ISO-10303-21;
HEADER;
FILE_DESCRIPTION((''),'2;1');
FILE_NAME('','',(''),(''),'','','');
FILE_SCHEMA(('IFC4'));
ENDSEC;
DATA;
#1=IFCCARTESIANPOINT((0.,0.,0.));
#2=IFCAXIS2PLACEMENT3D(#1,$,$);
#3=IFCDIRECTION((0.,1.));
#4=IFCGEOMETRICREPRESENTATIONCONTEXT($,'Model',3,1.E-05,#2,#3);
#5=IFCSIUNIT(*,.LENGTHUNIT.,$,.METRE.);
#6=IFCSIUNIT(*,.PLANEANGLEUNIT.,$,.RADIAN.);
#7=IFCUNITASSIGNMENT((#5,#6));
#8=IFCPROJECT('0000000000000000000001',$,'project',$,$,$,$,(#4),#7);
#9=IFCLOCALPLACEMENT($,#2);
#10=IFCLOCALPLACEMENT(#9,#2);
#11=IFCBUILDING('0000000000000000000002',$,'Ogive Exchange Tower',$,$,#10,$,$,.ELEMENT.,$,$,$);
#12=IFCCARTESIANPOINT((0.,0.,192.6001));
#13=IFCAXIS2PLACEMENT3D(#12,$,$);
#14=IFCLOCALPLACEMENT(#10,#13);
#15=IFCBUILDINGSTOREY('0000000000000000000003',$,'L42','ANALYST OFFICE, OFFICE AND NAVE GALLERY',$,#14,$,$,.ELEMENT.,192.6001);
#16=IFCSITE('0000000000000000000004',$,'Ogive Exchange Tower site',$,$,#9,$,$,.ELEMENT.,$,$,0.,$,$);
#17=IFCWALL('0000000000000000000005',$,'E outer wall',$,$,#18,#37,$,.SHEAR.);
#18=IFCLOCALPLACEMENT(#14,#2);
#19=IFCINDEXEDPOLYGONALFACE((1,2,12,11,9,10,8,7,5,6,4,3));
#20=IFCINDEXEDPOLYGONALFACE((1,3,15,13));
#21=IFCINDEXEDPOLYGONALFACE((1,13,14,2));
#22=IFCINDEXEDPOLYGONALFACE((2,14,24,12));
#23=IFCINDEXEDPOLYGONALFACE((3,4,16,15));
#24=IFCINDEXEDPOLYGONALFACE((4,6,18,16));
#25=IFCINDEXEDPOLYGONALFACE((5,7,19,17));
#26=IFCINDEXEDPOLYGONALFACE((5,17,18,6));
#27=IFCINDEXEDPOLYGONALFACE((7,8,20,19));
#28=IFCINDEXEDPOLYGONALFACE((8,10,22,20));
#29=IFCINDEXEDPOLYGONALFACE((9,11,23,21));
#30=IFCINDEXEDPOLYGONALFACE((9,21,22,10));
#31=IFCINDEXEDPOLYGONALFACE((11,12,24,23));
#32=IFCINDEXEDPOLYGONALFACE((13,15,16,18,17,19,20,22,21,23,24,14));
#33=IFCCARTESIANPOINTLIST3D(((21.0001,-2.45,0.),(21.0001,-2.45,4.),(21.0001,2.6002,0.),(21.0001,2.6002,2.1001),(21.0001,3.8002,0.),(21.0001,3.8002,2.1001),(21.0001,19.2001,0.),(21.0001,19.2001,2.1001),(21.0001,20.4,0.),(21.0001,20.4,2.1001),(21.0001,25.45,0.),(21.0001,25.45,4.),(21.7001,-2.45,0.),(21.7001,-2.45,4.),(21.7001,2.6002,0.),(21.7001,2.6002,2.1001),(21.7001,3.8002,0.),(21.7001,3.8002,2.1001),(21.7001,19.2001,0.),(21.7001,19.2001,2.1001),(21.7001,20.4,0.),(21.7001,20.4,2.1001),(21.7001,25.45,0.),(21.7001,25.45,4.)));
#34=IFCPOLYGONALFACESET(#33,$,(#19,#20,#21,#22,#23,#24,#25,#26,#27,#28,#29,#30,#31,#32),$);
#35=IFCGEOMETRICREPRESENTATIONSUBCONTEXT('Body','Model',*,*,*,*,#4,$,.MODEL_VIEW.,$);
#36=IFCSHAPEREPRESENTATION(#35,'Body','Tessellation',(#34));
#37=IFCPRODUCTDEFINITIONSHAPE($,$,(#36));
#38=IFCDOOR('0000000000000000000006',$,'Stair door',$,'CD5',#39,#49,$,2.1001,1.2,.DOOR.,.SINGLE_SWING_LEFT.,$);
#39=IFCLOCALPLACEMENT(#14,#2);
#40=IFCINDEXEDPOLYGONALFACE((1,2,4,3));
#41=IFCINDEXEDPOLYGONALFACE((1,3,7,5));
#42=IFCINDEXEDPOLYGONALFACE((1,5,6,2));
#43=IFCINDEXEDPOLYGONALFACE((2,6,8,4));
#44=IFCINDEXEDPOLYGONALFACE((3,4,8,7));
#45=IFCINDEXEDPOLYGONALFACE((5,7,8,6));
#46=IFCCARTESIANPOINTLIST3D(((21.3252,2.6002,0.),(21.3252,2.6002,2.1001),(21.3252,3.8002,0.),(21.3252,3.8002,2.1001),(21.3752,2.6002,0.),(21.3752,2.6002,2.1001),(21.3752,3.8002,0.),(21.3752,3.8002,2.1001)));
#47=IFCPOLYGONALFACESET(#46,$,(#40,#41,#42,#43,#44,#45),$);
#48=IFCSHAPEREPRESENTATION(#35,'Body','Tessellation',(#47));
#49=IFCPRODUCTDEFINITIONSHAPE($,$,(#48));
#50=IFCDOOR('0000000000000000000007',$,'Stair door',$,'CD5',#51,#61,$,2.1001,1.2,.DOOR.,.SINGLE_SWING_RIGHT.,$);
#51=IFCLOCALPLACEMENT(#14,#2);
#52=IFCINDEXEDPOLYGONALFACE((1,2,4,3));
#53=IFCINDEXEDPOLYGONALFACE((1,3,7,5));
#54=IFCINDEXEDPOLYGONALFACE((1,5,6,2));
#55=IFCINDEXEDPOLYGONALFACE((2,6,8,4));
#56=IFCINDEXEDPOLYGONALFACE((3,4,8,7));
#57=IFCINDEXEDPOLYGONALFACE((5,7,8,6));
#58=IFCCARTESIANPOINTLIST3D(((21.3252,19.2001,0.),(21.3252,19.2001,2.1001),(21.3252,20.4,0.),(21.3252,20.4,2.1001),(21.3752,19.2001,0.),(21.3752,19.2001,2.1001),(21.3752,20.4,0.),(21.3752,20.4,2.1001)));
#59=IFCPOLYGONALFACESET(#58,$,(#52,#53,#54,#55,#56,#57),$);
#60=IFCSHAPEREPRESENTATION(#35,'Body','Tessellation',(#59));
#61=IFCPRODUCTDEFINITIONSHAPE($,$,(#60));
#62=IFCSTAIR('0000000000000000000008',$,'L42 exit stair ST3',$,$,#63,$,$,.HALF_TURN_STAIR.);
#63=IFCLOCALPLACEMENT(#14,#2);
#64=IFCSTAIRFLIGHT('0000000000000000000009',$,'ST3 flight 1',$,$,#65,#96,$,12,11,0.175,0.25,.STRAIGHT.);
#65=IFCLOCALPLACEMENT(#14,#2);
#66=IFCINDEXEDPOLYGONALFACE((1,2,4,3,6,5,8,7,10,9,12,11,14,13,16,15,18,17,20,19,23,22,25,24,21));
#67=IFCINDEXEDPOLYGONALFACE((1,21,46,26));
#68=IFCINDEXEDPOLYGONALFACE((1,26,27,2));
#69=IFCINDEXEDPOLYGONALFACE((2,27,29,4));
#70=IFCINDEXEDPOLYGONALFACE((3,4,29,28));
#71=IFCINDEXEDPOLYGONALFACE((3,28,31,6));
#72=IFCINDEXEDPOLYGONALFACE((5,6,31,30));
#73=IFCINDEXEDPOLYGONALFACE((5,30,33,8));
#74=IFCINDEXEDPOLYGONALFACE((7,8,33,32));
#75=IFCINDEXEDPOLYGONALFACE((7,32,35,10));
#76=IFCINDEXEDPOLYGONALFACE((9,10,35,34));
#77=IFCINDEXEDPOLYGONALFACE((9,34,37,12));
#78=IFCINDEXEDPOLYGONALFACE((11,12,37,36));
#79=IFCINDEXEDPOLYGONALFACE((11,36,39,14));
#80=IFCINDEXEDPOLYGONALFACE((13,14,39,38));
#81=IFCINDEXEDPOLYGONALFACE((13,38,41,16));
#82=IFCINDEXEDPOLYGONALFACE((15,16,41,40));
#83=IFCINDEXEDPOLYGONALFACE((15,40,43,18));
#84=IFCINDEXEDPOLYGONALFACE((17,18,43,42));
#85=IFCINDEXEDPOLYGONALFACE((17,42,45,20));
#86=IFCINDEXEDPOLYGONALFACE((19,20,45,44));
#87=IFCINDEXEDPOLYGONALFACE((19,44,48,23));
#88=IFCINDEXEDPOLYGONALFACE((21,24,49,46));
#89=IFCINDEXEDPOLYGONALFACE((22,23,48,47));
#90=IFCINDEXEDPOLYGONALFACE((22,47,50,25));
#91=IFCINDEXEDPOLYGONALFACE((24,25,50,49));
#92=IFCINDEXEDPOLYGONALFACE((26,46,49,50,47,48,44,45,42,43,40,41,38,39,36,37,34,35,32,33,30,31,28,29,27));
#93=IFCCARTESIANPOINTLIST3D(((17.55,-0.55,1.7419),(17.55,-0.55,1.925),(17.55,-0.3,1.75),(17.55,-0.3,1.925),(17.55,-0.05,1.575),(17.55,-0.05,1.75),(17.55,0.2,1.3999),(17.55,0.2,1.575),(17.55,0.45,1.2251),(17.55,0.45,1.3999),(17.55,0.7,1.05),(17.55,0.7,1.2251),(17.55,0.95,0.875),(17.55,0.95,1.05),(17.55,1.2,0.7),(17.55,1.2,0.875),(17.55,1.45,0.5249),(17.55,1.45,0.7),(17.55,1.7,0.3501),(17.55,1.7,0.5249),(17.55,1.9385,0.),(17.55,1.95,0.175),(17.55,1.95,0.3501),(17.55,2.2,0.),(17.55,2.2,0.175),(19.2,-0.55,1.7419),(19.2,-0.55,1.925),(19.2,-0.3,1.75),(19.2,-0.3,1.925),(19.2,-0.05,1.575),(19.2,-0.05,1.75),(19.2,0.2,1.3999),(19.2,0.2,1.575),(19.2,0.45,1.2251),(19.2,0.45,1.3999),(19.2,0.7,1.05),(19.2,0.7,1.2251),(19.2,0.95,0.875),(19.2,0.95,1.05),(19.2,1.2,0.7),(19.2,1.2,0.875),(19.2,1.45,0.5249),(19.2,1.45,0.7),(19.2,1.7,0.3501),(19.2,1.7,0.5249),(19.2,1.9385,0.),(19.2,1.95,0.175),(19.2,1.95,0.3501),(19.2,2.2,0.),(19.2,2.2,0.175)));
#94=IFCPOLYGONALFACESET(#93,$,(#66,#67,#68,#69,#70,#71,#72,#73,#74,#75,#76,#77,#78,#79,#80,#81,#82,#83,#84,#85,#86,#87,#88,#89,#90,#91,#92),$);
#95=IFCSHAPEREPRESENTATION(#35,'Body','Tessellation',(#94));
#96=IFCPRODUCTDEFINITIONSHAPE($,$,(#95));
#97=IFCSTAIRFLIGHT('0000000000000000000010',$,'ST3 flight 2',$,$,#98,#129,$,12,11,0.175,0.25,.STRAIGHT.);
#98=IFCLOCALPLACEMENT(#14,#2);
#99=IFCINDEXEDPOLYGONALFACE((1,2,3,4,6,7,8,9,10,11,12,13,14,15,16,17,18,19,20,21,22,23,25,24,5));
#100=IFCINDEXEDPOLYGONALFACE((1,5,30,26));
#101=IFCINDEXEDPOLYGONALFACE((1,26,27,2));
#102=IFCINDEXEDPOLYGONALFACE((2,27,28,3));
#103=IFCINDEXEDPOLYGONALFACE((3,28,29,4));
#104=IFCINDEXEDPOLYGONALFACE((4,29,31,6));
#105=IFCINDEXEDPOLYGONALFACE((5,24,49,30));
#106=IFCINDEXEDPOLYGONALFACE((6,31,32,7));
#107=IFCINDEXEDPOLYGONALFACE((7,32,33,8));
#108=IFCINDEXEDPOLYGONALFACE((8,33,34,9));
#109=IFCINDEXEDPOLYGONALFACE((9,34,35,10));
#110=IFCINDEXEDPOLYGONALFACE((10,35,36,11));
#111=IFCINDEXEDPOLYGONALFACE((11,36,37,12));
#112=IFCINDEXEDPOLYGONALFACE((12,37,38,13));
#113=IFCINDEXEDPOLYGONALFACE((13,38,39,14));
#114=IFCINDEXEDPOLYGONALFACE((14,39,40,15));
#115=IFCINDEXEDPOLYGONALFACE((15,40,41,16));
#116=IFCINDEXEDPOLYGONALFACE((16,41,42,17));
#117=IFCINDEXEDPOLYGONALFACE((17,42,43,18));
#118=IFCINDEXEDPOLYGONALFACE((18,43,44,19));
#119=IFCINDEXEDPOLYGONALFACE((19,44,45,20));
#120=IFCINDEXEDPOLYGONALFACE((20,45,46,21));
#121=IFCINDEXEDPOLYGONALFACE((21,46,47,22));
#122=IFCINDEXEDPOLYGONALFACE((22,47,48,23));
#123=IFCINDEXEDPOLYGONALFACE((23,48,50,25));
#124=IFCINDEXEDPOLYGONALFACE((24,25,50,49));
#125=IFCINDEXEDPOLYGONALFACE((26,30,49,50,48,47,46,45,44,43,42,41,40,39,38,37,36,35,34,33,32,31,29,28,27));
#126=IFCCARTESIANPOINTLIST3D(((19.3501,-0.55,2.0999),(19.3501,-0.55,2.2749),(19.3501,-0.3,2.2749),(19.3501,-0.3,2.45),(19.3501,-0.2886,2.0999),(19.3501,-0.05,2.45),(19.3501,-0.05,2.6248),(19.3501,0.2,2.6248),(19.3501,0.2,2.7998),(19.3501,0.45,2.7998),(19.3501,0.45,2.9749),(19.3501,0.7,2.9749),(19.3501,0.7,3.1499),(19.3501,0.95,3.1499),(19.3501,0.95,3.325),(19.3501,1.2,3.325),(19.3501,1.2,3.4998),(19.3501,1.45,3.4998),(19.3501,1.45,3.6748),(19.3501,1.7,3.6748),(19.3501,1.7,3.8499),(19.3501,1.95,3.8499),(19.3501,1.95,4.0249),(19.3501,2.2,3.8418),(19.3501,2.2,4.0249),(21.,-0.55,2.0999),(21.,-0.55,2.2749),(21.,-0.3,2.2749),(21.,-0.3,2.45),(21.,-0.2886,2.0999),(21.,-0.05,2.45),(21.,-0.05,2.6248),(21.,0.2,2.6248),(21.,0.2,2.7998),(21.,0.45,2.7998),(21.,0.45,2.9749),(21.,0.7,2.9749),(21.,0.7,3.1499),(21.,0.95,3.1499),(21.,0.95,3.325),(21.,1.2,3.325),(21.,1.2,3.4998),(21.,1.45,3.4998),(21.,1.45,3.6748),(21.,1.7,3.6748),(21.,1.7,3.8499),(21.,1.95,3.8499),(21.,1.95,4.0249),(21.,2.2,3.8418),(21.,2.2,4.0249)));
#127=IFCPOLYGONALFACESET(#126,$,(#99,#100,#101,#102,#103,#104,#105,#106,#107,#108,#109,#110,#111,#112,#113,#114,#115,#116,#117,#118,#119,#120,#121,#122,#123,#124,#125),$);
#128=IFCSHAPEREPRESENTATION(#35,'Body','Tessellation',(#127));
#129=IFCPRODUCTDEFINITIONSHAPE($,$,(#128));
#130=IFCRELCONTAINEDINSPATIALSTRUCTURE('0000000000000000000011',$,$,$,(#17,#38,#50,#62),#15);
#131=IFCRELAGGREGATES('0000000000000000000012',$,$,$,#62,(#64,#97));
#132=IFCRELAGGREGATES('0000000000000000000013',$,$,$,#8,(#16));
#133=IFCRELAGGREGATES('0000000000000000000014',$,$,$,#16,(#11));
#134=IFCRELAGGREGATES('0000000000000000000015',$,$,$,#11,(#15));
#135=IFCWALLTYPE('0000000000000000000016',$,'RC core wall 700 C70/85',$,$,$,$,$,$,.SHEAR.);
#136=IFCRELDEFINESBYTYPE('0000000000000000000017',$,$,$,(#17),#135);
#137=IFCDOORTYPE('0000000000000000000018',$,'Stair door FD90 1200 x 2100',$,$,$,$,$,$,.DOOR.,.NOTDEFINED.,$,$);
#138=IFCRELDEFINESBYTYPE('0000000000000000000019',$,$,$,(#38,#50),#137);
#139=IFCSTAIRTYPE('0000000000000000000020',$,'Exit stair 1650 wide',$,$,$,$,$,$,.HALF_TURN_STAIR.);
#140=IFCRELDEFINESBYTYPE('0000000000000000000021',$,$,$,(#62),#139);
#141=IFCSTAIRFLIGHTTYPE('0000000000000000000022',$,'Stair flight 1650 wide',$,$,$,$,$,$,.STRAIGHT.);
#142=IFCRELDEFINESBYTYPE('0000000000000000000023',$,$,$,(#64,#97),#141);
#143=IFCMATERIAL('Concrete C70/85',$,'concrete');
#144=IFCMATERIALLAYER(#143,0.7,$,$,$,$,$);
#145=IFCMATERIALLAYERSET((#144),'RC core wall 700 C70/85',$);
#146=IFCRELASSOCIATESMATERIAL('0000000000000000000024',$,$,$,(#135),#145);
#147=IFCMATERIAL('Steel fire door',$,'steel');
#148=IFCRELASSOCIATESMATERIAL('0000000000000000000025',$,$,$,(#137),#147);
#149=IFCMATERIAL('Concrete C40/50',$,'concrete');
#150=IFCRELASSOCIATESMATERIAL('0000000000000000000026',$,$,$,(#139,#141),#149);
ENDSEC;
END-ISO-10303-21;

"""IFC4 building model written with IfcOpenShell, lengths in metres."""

from ifc_helpers import new_model, si_unit, direction, frame, frame_2d, origin, place, context, subcontext, project, spatial, polyline, rectangle, outline, extrude, material, layer, layer_set, type_object, element, fill, aggregate, save


model = new_model("IFC4")

# Units and contexts
model_context = context("Model", 3, precision=1e-05, world=origin(), true_north=direction((0.0, 1.0)))
body_context = subcontext(model_context, "Body", "Model", "MODEL_VIEW")
ifc_project = project(units=[si_unit("LENGTHUNIT", "METRE"), si_unit("PLANEANGLEUNIT", "RADIAN")], contexts=[model_context])

# Site, building, storey
site_placement = place(None, origin())
site = spatial("IfcSite", under=ifc_project, at=site_placement, Name="Ogive Exchange Tower site", CompositionType="ELEMENT", RefElevation=0.0)
building_placement = place(site_placement, origin())
building = spatial("IfcBuilding", under=site, at=building_placement, Name="Ogive Exchange Tower", CompositionType="ELEMENT")
storey_placement = place(building_placement, frame((0.0, 0.0, 192.6001)))
storey = spatial("IfcBuildingStorey", under=building, at=storey_placement, Name="L42", Description="ANALYST OFFICE, OFFICE AND NAVE GALLERY", CompositionType="ELEMENT", Elevation=192.6001)

# Shared definitions
ifc_material_1 = material(Name="Concrete C70/85", Category="concrete")
ifc_material_2 = material(Name="Steel fire door", Category="steel")

# Wall, openings, doors
ifc_layer_1 = layer(ifc_material_1, 0.7)
ifc_layer_set_1 = layer_set([ifc_layer_1], Name="RC core wall 700 C70/85")
wall_type_1 = type_object("IfcWallType", Name="RC core wall 700 C70/85", PredefinedType="SHEAR", material=ifc_layer_set_1)
wall_1_placement = place(storey_placement, frame((21.3501, -2.45, 0.0), z_axis=(0.0, 0.0, 1.0), x_axis=(0.0, 1.0, 0.0)))
wall_1 = element("IfcWall", 1, at=wall_1_placement, inside=storey, type_object=wall_type_1, Name="E outer wall", PredefinedType="SHEAR", context=body_context, shape_type="SweptSolid", body=[
    extrude(rectangle(XDim=27.8999, YDim=0.7, at=frame_2d((13.95, 0.0))), origin(), (0.0, 0.0, 1.0), 4.0),
])
opening_1_placement = place(wall_1_placement, frame((5.05, 0.0, 0.0)))
opening_1 = element("IfcOpeningElement", 2, at=opening_1_placement, cuts=wall_1, PredefinedType="OPENING", context=body_context, shape_type="SweptSolid", body=[
    extrude(rectangle(XDim=1.2, YDim=2.1001, at=frame_2d((0.6001, 1.05))), frame((0.0, 0.3599, 0.0), z_axis=(0.0, -1.0, 0.0), x_axis=(1.0, 0.0, 0.0)), (0.0, 0.0, 1.0), 0.72),
])
opening_2_placement = place(wall_1_placement, frame((21.6499, 0.0, 0.0)))
opening_2 = element("IfcOpeningElement", 3, at=opening_2_placement, cuts=wall_1, PredefinedType="OPENING", context=body_context, shape_type="SweptSolid", body=[
    extrude(rectangle(XDim=1.2, YDim=2.1001, at=frame_2d((0.6001, 1.05))), frame((0.0, 0.3599, 0.0), z_axis=(0.0, -1.0, 0.0), x_axis=(1.0, 0.0, 0.0)), (0.0, 0.0, 1.0), 0.72),
])
door_type_1 = type_object("IfcDoorType", Name="Stair door FD90 1200 x 2100", OperationType="NOTDEFINED", PredefinedType="DOOR", material=ifc_material_2)
door_1_placement = place(opening_1_placement, origin())
door_1 = element("IfcDoor", 4, at=door_1_placement, inside=storey, type_object=door_type_1, Name="Stair door", ObjectType="CD5", OperationType="SINGLE_SWING_LEFT", OverallHeight=2.1001, OverallWidth=1.2, PredefinedType="DOOR", context=body_context, shape_type="SweptSolid", body=[
    extrude(rectangle(XDim=1.2, YDim=2.1001, at=frame_2d((0.6001, 1.05))), frame((0.0, 0.0249, 0.0), z_axis=(0.0, -1.0, 0.0), x_axis=(1.0, 0.0, 0.0)), (0.0, 0.0, 1.0), 0.05),
])
fill(opening_1, door_1)
door_2_placement = place(opening_2_placement, origin())
door_2 = element("IfcDoor", 5, at=door_2_placement, inside=storey, type_object=door_type_1, Name="Stair door", ObjectType="CD5", OperationType="SINGLE_SWING_RIGHT", OverallHeight=2.1001, OverallWidth=1.2, PredefinedType="DOOR", context=body_context, shape_type="SweptSolid", body=[
    extrude(rectangle(XDim=1.2, YDim=2.1001, at=frame_2d((0.6001, 1.05))), frame((0.0, 0.0249, 0.0), z_axis=(0.0, -1.0, 0.0), x_axis=(1.0, 0.0, 0.0)), (0.0, 0.0, 1.0), 0.05),
])
fill(opening_2, door_2)

# Stair, stair flights
ifc_material_3 = material(Name="Concrete C40/50", Category="concrete")
stair_type = type_object("IfcStairType", Name="Exit stair 1650 wide", PredefinedType="HALF_TURN_STAIR", material=ifc_material_3)
stair_placement = place(storey_placement, origin())
stair = element("IfcStair", 6, at=stair_placement, inside=storey, type_object=stair_type, Name="L42 exit stair ST3", PredefinedType="HALF_TURN_STAIR")
stair_flight_type = type_object("IfcStairFlightType", Name="Stair flight 1650 wide", PredefinedType="STRAIGHT", material=ifc_material_3)
stair_flight_1_placement = place(storey_placement, frame((18.375, 2.2, 0.0), z_axis=(0.0, 0.0, 1.0), x_axis=(0.0, -1.0, 0.0)))
stair_flight_1 = element("IfcStairFlight", 7, at=stair_flight_1_placement, type_object=stair_flight_type, Name="ST3 flight 1", NumberOfRisers=12, NumberOfTreads=11, PredefinedType="STRAIGHT", RiserHeight=0.175, TreadLength=0.25, context=body_context, shape_type="SweptSolid", body=[
    extrude(outline(polyline([(0.0, 0.0), (0.0, 0.175), (0.25, 0.175), (0.25, 0.3501), (0.5, 0.3501), (0.5, 0.5249), (0.75, 0.5249), (0.75, 0.7), (1.0, 0.7), (1.0, 0.875), (1.25, 0.875), (1.25, 1.05), (1.5, 1.05), (1.5, 1.2251), (1.75, 1.2251), (1.75, 1.3999), (2.0, 1.3999), (2.0, 1.575), (2.25, 1.575), (2.25, 1.75), (2.5, 1.75), (2.5, 1.925), (2.75, 1.925), (2.75, 2.1001), (2.75, 1.7419), (0.2615, 0.0), (0.0, 0.0)])), frame((0.0, 0.825, 0.0), z_axis=(0.0, -1.0, 0.0), x_axis=(1.0, 0.0, 0.0)), (0.0, 0.0, 1.0), 1.6499),
])
stair_flight_2_placement = place(storey_placement, frame((20.175, -0.55, 2.0999), z_axis=(0.0, 0.0, 1.0), x_axis=(0.0, 1.0, 0.0)))
stair_flight_2 = element("IfcStairFlight", 8, at=stair_flight_2_placement, type_object=stair_flight_type, Name="ST3 flight 2", NumberOfRisers=12, NumberOfTreads=11, PredefinedType="STRAIGHT", RiserHeight=0.175, TreadLength=0.25, context=body_context, shape_type="SweptSolid", body=[
    extrude(outline(polyline([(0.0, 0.0), (0.0, 0.175), (0.25, 0.175), (0.25, 0.3501), (0.5, 0.3501), (0.5, 0.5249), (0.75, 0.5249), (0.75, 0.7), (1.0, 0.7), (1.0, 0.875), (1.25, 0.875), (1.25, 1.05), (1.5, 1.05), (1.5, 1.2251), (1.75, 1.2251), (1.75, 1.3999), (2.0, 1.3999), (2.0, 1.575), (2.25, 1.575), (2.25, 1.75), (2.5, 1.75), (2.5, 1.925), (2.75, 1.925), (2.75, 2.1001), (2.75, 1.7419), (0.2615, 0.0), (0.0, 0.0)])), frame((0.0, 0.825, 0.0), z_axis=(0.0, -1.0, 0.0), x_axis=(1.0, 0.0, 0.0)), (0.0, 0.0, 1.0), 1.6499),
])
aggregate(stair, [stair_flight_1, stair_flight_2])

save(model, "model.ifc")
